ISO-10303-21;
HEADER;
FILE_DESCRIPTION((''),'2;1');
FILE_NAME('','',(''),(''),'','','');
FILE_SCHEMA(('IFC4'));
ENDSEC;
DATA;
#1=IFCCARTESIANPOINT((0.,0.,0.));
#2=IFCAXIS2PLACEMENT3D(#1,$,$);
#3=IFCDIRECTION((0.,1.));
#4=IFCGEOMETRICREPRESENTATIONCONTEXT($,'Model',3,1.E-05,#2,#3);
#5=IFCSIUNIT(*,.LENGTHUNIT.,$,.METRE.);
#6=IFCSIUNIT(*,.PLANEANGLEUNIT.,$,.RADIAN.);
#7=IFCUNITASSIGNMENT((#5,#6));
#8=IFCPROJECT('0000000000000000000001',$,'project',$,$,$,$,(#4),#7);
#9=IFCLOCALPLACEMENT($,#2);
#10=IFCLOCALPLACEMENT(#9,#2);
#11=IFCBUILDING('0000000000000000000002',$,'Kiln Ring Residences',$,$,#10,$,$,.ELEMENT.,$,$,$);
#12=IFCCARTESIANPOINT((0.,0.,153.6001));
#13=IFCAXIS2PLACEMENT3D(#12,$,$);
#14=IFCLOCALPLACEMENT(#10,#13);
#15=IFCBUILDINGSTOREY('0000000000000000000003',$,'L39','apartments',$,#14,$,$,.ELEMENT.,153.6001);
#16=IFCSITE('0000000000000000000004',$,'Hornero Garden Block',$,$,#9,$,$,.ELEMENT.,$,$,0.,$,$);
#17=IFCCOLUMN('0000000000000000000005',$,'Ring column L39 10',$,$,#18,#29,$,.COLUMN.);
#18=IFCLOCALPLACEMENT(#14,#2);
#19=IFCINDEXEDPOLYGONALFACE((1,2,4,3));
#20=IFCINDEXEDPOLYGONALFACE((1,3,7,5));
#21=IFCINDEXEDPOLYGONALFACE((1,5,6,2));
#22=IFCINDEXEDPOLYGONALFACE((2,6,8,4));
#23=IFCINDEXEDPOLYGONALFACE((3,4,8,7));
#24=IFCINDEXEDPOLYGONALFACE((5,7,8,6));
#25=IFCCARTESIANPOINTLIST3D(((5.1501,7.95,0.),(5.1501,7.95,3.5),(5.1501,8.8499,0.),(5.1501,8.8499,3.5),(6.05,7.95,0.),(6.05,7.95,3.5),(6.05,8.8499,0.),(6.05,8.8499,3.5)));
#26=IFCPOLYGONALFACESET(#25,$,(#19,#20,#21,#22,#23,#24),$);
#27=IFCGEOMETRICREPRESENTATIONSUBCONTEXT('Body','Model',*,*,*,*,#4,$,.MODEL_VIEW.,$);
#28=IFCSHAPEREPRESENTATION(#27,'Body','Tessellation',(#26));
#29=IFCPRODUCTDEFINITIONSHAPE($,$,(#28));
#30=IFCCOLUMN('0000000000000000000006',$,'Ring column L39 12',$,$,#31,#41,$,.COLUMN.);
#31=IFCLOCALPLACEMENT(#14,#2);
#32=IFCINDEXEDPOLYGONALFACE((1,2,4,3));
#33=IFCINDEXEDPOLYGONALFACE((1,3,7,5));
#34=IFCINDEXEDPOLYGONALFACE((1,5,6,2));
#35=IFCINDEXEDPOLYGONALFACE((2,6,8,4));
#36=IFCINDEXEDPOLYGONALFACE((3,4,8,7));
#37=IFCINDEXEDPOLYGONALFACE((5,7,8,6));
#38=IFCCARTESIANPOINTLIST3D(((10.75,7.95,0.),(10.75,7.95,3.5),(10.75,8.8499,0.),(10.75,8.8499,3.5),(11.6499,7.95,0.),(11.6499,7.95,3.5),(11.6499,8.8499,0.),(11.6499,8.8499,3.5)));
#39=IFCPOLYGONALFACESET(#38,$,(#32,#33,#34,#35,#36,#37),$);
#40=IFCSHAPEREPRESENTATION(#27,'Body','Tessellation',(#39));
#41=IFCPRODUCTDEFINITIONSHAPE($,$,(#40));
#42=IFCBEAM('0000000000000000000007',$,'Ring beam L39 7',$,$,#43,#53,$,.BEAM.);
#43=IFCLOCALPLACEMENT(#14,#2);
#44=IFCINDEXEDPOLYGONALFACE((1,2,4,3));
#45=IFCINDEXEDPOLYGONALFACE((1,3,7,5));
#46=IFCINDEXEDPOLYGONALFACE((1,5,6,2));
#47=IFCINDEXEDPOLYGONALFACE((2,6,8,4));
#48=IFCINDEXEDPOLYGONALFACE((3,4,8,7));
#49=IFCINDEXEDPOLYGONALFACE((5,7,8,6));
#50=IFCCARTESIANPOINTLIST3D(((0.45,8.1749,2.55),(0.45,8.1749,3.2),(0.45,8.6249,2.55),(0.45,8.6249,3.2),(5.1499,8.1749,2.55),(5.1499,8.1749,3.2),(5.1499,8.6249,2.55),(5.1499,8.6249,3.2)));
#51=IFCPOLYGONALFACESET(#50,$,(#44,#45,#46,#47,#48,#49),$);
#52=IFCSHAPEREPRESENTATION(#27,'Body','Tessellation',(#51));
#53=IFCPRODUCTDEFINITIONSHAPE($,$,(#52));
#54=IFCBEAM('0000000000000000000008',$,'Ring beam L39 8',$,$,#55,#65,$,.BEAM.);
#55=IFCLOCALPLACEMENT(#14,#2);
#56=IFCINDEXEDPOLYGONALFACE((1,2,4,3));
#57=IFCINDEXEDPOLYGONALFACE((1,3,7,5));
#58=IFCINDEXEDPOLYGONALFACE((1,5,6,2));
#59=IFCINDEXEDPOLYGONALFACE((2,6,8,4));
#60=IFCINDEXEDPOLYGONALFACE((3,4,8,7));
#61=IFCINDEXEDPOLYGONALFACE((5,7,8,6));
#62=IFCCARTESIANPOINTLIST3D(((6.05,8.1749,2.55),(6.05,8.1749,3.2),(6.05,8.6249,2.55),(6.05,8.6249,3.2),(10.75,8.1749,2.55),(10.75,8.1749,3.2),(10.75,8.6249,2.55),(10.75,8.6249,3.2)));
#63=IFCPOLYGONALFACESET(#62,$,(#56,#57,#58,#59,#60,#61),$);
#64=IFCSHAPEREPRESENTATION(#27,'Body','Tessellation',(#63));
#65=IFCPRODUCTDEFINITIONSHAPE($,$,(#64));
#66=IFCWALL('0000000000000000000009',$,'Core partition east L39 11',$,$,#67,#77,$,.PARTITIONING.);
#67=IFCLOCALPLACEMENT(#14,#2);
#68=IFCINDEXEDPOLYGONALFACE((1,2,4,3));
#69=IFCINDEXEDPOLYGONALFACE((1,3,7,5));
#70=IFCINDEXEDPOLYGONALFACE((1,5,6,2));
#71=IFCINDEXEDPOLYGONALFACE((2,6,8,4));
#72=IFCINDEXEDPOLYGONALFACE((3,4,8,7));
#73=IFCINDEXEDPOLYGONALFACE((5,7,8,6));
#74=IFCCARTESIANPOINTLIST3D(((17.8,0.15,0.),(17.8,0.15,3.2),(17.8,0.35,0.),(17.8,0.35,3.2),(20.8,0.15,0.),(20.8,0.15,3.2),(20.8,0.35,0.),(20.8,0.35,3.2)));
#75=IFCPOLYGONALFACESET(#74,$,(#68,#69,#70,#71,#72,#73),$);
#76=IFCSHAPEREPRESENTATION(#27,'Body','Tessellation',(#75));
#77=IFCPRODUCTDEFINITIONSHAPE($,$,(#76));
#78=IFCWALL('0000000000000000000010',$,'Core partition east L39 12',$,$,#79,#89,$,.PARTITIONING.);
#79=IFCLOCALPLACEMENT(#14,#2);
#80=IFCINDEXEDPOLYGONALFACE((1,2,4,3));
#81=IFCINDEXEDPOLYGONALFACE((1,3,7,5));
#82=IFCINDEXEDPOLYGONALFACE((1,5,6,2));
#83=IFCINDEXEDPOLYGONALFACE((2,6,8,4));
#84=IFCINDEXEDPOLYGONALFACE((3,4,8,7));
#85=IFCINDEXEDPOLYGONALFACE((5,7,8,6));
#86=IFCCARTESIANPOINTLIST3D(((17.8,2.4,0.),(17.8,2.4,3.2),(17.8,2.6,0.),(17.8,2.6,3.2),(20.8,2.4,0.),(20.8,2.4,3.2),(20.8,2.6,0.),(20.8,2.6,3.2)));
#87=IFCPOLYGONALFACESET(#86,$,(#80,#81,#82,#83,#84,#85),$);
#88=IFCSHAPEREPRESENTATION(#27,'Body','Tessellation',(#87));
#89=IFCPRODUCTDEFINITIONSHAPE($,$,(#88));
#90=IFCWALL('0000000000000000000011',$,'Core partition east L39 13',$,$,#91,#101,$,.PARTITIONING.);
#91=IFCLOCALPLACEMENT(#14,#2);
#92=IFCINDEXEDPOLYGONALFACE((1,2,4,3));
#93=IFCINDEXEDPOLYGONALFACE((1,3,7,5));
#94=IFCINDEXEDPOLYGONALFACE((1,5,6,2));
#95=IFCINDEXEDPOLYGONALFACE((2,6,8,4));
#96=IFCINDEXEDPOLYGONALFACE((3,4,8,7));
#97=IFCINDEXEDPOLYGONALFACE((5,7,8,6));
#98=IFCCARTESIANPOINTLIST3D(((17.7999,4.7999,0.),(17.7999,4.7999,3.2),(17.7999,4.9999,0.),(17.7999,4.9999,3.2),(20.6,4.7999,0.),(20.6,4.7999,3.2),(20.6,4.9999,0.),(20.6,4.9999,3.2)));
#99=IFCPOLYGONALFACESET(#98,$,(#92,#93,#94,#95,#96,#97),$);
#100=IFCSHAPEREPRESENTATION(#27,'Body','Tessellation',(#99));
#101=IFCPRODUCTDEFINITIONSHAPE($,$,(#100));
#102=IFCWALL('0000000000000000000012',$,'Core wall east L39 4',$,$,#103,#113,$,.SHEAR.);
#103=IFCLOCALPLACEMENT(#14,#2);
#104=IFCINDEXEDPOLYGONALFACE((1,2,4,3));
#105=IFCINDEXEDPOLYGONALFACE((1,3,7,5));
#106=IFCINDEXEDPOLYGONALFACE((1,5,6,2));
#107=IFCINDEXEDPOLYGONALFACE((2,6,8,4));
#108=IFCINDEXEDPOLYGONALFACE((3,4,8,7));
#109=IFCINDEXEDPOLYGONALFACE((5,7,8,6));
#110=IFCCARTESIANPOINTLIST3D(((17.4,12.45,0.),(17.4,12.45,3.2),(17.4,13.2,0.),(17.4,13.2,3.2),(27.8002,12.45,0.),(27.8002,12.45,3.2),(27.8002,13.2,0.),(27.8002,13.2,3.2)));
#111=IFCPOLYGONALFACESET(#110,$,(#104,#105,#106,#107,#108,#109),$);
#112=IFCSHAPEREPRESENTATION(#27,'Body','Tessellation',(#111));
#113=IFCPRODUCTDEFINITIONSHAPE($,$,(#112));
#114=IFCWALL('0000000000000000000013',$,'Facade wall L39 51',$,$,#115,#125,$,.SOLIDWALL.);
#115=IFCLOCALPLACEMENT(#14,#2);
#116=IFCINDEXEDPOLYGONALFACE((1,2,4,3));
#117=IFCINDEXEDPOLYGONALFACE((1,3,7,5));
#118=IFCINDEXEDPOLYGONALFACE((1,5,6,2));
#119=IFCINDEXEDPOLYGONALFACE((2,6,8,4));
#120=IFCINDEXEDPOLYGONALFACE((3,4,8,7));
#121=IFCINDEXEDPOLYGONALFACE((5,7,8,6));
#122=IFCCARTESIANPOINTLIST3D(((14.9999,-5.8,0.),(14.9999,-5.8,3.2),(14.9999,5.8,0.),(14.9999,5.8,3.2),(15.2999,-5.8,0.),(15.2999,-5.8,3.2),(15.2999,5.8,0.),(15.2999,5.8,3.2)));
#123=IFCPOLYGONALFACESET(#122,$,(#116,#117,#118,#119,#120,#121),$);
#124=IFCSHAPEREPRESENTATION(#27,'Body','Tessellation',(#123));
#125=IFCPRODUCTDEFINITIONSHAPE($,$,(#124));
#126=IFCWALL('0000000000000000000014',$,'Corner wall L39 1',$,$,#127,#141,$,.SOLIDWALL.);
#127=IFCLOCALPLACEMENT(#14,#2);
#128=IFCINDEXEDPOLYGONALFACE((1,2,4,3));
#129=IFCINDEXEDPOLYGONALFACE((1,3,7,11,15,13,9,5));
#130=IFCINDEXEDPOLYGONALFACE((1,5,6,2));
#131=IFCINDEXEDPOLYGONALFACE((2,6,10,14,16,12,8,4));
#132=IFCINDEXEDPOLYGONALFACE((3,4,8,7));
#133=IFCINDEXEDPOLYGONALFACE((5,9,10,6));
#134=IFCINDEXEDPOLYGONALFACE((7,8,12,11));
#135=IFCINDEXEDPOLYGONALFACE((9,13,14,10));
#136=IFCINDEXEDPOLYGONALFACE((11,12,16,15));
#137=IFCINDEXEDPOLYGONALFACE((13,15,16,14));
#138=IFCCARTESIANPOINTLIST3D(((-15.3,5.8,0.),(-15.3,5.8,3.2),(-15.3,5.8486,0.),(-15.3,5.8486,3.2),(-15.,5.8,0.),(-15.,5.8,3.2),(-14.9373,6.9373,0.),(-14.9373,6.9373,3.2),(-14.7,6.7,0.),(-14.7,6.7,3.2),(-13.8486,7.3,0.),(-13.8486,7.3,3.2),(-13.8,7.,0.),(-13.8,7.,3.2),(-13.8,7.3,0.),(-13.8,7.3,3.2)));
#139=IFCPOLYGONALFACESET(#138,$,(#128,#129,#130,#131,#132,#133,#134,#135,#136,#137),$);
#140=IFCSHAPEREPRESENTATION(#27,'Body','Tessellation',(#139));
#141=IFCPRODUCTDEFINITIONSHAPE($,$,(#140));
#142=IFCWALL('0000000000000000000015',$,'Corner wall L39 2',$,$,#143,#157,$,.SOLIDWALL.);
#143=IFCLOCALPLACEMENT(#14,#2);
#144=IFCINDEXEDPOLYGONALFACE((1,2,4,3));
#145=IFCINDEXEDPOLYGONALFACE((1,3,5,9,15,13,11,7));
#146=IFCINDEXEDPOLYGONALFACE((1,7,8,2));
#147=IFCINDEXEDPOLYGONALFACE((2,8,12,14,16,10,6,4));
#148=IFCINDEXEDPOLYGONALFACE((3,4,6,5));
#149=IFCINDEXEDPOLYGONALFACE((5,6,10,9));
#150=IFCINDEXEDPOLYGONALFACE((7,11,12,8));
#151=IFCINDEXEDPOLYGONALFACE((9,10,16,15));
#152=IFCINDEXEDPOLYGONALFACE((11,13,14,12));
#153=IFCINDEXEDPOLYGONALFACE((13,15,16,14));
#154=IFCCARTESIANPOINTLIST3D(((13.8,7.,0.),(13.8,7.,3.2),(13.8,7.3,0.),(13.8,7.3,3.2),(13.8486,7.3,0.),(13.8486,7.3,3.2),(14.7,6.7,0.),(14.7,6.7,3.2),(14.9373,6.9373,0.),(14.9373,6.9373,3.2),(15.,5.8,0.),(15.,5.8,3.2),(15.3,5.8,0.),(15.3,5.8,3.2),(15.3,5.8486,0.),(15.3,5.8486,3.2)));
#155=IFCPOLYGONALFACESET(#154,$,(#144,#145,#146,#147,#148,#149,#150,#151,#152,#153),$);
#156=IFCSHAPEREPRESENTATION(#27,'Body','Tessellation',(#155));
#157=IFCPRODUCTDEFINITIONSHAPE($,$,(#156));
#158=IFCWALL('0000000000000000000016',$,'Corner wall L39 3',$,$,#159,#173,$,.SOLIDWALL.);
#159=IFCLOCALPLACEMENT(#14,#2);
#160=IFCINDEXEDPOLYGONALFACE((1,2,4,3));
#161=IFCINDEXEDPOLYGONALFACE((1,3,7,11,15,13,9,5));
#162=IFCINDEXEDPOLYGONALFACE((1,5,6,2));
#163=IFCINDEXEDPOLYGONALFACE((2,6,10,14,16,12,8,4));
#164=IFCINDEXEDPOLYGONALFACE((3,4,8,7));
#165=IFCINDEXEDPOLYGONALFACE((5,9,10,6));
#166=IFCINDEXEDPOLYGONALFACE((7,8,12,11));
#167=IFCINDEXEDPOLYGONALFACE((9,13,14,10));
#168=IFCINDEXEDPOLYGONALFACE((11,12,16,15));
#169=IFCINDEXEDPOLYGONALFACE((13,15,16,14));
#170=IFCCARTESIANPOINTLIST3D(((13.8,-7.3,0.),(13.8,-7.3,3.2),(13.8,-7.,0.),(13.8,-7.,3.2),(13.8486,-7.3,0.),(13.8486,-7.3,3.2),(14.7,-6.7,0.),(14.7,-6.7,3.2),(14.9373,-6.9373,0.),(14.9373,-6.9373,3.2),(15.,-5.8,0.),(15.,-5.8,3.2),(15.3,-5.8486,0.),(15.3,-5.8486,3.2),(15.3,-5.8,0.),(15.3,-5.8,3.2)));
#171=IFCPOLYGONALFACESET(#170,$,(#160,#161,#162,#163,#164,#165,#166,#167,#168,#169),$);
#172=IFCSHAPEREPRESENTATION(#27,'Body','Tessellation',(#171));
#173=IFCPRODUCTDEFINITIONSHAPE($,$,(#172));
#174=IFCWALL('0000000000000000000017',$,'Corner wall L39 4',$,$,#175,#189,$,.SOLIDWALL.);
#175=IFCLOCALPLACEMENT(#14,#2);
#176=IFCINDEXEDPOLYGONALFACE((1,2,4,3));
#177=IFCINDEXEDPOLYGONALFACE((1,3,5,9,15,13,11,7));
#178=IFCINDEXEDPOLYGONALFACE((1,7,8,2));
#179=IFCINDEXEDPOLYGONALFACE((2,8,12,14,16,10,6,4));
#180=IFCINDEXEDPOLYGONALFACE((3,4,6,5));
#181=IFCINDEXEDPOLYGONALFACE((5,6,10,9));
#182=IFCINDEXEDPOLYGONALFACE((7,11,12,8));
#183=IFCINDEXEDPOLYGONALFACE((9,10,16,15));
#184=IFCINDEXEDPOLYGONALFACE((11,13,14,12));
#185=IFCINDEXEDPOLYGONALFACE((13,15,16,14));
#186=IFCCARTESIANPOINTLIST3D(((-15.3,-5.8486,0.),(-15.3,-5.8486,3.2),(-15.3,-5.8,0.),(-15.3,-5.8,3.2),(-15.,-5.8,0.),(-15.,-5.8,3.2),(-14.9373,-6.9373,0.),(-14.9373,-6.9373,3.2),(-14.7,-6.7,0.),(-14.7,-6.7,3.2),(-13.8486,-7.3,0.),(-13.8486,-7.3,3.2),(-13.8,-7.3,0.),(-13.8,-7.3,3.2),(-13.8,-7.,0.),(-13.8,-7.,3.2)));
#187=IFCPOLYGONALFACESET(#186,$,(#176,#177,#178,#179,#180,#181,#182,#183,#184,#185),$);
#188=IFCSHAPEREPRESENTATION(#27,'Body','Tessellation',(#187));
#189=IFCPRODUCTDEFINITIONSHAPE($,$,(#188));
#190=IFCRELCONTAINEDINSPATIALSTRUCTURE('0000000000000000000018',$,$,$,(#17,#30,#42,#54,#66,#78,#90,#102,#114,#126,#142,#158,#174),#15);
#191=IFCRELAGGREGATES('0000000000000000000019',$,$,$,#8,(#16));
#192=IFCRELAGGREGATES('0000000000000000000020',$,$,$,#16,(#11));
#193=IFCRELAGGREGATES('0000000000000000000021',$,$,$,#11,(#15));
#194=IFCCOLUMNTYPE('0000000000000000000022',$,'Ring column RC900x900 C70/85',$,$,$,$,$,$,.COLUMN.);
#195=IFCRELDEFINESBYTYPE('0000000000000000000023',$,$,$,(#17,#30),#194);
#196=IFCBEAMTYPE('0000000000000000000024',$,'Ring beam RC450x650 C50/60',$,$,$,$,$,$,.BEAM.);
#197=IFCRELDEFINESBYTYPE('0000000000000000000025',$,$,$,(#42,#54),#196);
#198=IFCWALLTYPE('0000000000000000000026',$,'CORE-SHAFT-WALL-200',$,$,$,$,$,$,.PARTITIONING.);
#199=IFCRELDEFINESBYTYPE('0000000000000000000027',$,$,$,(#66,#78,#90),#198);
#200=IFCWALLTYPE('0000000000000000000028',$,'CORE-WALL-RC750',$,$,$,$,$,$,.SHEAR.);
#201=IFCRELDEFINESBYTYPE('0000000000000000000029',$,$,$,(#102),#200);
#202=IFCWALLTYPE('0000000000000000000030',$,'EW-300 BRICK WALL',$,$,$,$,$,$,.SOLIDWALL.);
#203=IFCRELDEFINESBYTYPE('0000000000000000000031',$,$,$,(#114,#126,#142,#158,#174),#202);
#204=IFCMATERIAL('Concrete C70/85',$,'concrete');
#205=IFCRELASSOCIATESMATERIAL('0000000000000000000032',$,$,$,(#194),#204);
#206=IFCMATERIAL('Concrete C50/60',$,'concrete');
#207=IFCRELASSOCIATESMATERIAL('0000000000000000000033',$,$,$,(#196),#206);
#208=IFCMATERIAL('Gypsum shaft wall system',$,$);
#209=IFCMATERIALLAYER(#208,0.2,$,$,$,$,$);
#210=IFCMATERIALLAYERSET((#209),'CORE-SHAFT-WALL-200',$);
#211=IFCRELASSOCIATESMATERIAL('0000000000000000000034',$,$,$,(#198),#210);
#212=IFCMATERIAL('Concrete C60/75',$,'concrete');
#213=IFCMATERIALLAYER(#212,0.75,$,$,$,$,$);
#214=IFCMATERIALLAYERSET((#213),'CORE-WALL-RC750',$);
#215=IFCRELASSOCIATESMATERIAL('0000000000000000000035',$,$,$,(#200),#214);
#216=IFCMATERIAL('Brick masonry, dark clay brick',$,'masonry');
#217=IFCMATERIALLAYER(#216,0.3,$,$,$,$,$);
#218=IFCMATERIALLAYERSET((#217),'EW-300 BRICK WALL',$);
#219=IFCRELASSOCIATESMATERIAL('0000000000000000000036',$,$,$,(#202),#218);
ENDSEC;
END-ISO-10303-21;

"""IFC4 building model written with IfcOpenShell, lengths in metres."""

from ifc_helpers import new_model, si_unit, direction, frame, frame_2d, origin, origin_2d, place, context, subcontext, project, spatial, polyline, rectangle, outline, extrude, material, layer, layer_set, material_profile, profile_set, type_object, element, save


model = new_model("IFC4")

# Units and contexts
model_context = context("Model", 3, precision=1e-05, world=origin(), true_north=direction((0.0, 1.0)))
body_context = subcontext(model_context, "Body", "Model", "MODEL_VIEW")
ifc_project = project(units=[si_unit("LENGTHUNIT", "METRE"), si_unit("PLANEANGLEUNIT", "RADIAN")], contexts=[model_context])

# Site, building, storey
site_placement = place(None, origin())
site = spatial("IfcSite", under=ifc_project, at=site_placement, Name="Hornero Garden Block", CompositionType="ELEMENT", RefElevation=0.0)
building_placement = place(site_placement, origin())
building = spatial("IfcBuilding", under=site, at=building_placement, Name="Kiln Ring Residences", CompositionType="ELEMENT")
storey_placement = place(building_placement, frame((0.0, 0.0, 153.6001)))
storey = spatial("IfcBuildingStorey", under=building, at=storey_placement, Name="L39", Description="apartments", CompositionType="ELEMENT", Elevation=153.6001)

# Columns
ifc_material_1 = material(Name="Concrete C70/85", Category="concrete")
ifc_material_profile_1 = material_profile(ifc_material_1, rectangle(XDim=0.8999, YDim=0.8999, at=origin_2d()), Name="RC900x900")
ifc_profile_set_1 = profile_set([ifc_material_profile_1], Name="Concrete C70/85")
column_type = type_object("IfcColumnType", Name="Ring column RC900x900 C70/85", PredefinedType="COLUMN", material=ifc_profile_set_1)
for number, where, z_axis, x_axis, name in (
    (1, (5.6001, 8.3999, 0.0), (0.0, 0.0, 1.0), (1.0, 0.0, 0.0), "Ring column L39 10"),
    (2, (11.2, 8.3999, 0.0), (0.0, 0.0, 1.0), (1.0, 0.0, 0.0), "Ring column L39 12"),
):
    element("IfcColumn", number, at=place(storey_placement, frame(where, z_axis=z_axis, x_axis=x_axis)), inside=storey, type_object=column_type, Name=name, PredefinedType="COLUMN", context=body_context, shape_type="SweptSolid", body=[
        extrude(rectangle(XDim=0.8999, YDim=0.8999, at=origin_2d()), origin(), (0.0, 0.0, 1.0), 3.5),
    ])

# Beams
ifc_material_2 = material(Name="Concrete C50/60", Category="concrete")
ifc_material_profile_2 = material_profile(ifc_material_2, rectangle(XDim=0.45, YDim=0.6499, at=origin_2d()), Name="RC450x650")
ifc_profile_set_2 = profile_set([ifc_material_profile_2], Name="Concrete C50/60")
beam_type = type_object("IfcBeamType", Name="Ring beam RC450x650 C50/60", PredefinedType="BEAM", material=ifc_profile_set_2)
for number, where, z_axis, x_axis, name in (
    (3, (0.45, 8.3999, 2.875), (1.0, 0.0, 0.0), (0.0, 1.0, 0.0), "Ring beam L39 7"),
    (4, (6.05, 8.3999, 2.875), (1.0, 0.0, 0.0), (0.0, 1.0, 0.0), "Ring beam L39 8"),
):
    element("IfcBeam", number, at=place(storey_placement, frame(where, z_axis=z_axis, x_axis=x_axis)), inside=storey, type_object=beam_type, Name=name, PredefinedType="BEAM", context=body_context, shape_type="SweptSolid", body=[
        extrude(rectangle(XDim=0.45, YDim=0.6499, at=origin_2d()), origin(), (0.0, 0.0, 1.0), 4.7),
    ])

# Walls
ifc_material_3 = material(Name="Gypsum shaft wall system")
ifc_layer_1 = layer(ifc_material_3, 0.2)
ifc_layer_set_1 = layer_set([ifc_layer_1], Name="CORE-SHAFT-WALL-200")
wall_type_1 = type_object("IfcWallType", Name="CORE-SHAFT-WALL-200", PredefinedType="PARTITIONING", material=ifc_layer_set_1)
for number, where, z_axis, x_axis, name in (
    (5, (17.8, 0.25, 0.0), (0.0, 0.0, 1.0), (1.0, 0.0, 0.0), "Core partition east L39 11"),
    (6, (17.8, 2.5, 0.0), (0.0, 0.0, 1.0), (1.0, 0.0, 0.0), "Core partition east L39 12"),
):
    element("IfcWall", number, at=place(storey_placement, frame(where, z_axis=z_axis, x_axis=x_axis)), inside=storey, type_object=wall_type_1, Name=name, PredefinedType="PARTITIONING", context=body_context, shape_type="SweptSolid", body=[
        extrude(rectangle(XDim=3.0, YDim=0.2, at=frame_2d((1.5, 0.0))), origin(), (0.0, 0.0, 1.0), 3.2),
    ])
wall_1_placement = place(storey_placement, frame((17.8, 4.8999, 0.0), z_axis=(0.0, 0.0, 1.0), x_axis=(1.0, 0.0, 0.0)))
element("IfcWall", 7, at=wall_1_placement, inside=storey, type_object=wall_type_1, Name="Core partition east L39 13", PredefinedType="PARTITIONING", context=body_context, shape_type="SweptSolid", body=[
    extrude(rectangle(XDim=2.8, YDim=0.2, at=frame_2d((1.3999, 0.0))), origin(), (0.0, 0.0, 1.0), 3.2),
])
ifc_material_4 = material(Name="Concrete C60/75", Category="concrete")
ifc_layer_2 = layer(ifc_material_4, 0.75)
ifc_layer_set_2 = layer_set([ifc_layer_2], Name="CORE-WALL-RC750")
wall_type_2 = type_object("IfcWallType", Name="CORE-WALL-RC750", PredefinedType="SHEAR", material=ifc_layer_set_2)
wall_2_placement = place(storey_placement, frame((17.3999, 12.825, 0.0), z_axis=(0.0, 0.0, 1.0), x_axis=(1.0, 0.0, 0.0)))
element("IfcWall", 8, at=wall_2_placement, inside=storey, type_object=wall_type_2, Name="Core wall east L39 4", PredefinedType="SHEAR", context=body_context, shape_type="SweptSolid", body=[
    extrude(rectangle(XDim=10.4001, YDim=0.75, at=frame_2d((5.2002, 0.0))), origin(), (0.0, 0.0, 1.0), 3.2),
])
ifc_material_5 = material(Name="Brick masonry, dark clay brick", Category="masonry")
ifc_layer_3 = layer(ifc_material_5, 0.3)
ifc_layer_set_3 = layer_set([ifc_layer_3], Name="EW-300 BRICK WALL")
wall_type_3 = type_object("IfcWallType", Name="EW-300 BRICK WALL", PredefinedType="SOLIDWALL", material=ifc_layer_set_3)
wall_3_placement = place(storey_placement, frame((15.1499, 5.8, 0.0), z_axis=(0.0, 0.0, 1.0), x_axis=(0.0, -1.0, 0.0)))
element("IfcWall", 9, at=wall_3_placement, inside=storey, type_object=wall_type_3, Name="Facade wall L39 51", PredefinedType="SOLIDWALL", context=body_context, shape_type="SweptSolid", body=[
    extrude(rectangle(XDim=11.6001, YDim=0.3, at=frame_2d((5.8, 0.0))), origin(), (0.0, 0.0, 1.0), 3.2),
])
placement = place(storey_placement, origin())
element("IfcWall", 10, at=placement, inside=storey, type_object=wall_type_3, Name="Corner wall L39 1", PredefinedType="SOLIDWALL", context=body_context, shape_type="SweptSolid", body=[
    extrude(outline(polyline([(-13.8486, 7.3), (-14.9373, 6.9373), (-15.3, 5.8486), (-15.3, 5.8), (-15.0, 5.8), (-14.7, 6.7), (-13.8, 7.0), (-13.8, 7.3), (-13.8486, 7.3)])), origin(), (0.0, 0.0, 1.0), 3.2),
])
element("IfcWall", 11, at=placement, inside=storey, type_object=wall_type_3, Name="Corner wall L39 2", PredefinedType="SOLIDWALL", context=body_context, shape_type="SweptSolid", body=[
    extrude(outline(polyline([(14.9373, 6.9373), (13.8486, 7.3), (13.8, 7.3), (13.8, 7.0), (14.7, 6.7), (15.0, 5.8), (15.3, 5.8), (15.3, 5.8486), (14.9373, 6.9373)])), origin(), (0.0, 0.0, 1.0), 3.2),
])
element("IfcWall", 12, at=placement, inside=storey, type_object=wall_type_3, Name="Corner wall L39 3", PredefinedType="SOLIDWALL", context=body_context, shape_type="SweptSolid", body=[
    extrude(outline(polyline([(14.9373, -6.9373), (15.3, -5.8486), (15.3, -5.8), (15.0, -5.8), (14.7, -6.7), (13.8, -7.0), (13.8, -7.3), (13.8486, -7.3), (14.9373, -6.9373)])), origin(), (0.0, 0.0, 1.0), 3.2),
])
element("IfcWall", 13, at=placement, inside=storey, type_object=wall_type_3, Name="Corner wall L39 4", PredefinedType="SOLIDWALL", context=body_context, shape_type="SweptSolid", body=[
    extrude(outline(polyline([(-14.9373, -6.9373), (-13.8486, -7.3), (-13.8, -7.3), (-13.8, -7.0), (-14.7, -6.7), (-15.0, -5.8), (-15.3, -5.8), (-15.3, -5.8486), (-14.9373, -6.9373)])), origin(), (0.0, 0.0, 1.0), 3.2),
])

save(model, "model.ifc")
